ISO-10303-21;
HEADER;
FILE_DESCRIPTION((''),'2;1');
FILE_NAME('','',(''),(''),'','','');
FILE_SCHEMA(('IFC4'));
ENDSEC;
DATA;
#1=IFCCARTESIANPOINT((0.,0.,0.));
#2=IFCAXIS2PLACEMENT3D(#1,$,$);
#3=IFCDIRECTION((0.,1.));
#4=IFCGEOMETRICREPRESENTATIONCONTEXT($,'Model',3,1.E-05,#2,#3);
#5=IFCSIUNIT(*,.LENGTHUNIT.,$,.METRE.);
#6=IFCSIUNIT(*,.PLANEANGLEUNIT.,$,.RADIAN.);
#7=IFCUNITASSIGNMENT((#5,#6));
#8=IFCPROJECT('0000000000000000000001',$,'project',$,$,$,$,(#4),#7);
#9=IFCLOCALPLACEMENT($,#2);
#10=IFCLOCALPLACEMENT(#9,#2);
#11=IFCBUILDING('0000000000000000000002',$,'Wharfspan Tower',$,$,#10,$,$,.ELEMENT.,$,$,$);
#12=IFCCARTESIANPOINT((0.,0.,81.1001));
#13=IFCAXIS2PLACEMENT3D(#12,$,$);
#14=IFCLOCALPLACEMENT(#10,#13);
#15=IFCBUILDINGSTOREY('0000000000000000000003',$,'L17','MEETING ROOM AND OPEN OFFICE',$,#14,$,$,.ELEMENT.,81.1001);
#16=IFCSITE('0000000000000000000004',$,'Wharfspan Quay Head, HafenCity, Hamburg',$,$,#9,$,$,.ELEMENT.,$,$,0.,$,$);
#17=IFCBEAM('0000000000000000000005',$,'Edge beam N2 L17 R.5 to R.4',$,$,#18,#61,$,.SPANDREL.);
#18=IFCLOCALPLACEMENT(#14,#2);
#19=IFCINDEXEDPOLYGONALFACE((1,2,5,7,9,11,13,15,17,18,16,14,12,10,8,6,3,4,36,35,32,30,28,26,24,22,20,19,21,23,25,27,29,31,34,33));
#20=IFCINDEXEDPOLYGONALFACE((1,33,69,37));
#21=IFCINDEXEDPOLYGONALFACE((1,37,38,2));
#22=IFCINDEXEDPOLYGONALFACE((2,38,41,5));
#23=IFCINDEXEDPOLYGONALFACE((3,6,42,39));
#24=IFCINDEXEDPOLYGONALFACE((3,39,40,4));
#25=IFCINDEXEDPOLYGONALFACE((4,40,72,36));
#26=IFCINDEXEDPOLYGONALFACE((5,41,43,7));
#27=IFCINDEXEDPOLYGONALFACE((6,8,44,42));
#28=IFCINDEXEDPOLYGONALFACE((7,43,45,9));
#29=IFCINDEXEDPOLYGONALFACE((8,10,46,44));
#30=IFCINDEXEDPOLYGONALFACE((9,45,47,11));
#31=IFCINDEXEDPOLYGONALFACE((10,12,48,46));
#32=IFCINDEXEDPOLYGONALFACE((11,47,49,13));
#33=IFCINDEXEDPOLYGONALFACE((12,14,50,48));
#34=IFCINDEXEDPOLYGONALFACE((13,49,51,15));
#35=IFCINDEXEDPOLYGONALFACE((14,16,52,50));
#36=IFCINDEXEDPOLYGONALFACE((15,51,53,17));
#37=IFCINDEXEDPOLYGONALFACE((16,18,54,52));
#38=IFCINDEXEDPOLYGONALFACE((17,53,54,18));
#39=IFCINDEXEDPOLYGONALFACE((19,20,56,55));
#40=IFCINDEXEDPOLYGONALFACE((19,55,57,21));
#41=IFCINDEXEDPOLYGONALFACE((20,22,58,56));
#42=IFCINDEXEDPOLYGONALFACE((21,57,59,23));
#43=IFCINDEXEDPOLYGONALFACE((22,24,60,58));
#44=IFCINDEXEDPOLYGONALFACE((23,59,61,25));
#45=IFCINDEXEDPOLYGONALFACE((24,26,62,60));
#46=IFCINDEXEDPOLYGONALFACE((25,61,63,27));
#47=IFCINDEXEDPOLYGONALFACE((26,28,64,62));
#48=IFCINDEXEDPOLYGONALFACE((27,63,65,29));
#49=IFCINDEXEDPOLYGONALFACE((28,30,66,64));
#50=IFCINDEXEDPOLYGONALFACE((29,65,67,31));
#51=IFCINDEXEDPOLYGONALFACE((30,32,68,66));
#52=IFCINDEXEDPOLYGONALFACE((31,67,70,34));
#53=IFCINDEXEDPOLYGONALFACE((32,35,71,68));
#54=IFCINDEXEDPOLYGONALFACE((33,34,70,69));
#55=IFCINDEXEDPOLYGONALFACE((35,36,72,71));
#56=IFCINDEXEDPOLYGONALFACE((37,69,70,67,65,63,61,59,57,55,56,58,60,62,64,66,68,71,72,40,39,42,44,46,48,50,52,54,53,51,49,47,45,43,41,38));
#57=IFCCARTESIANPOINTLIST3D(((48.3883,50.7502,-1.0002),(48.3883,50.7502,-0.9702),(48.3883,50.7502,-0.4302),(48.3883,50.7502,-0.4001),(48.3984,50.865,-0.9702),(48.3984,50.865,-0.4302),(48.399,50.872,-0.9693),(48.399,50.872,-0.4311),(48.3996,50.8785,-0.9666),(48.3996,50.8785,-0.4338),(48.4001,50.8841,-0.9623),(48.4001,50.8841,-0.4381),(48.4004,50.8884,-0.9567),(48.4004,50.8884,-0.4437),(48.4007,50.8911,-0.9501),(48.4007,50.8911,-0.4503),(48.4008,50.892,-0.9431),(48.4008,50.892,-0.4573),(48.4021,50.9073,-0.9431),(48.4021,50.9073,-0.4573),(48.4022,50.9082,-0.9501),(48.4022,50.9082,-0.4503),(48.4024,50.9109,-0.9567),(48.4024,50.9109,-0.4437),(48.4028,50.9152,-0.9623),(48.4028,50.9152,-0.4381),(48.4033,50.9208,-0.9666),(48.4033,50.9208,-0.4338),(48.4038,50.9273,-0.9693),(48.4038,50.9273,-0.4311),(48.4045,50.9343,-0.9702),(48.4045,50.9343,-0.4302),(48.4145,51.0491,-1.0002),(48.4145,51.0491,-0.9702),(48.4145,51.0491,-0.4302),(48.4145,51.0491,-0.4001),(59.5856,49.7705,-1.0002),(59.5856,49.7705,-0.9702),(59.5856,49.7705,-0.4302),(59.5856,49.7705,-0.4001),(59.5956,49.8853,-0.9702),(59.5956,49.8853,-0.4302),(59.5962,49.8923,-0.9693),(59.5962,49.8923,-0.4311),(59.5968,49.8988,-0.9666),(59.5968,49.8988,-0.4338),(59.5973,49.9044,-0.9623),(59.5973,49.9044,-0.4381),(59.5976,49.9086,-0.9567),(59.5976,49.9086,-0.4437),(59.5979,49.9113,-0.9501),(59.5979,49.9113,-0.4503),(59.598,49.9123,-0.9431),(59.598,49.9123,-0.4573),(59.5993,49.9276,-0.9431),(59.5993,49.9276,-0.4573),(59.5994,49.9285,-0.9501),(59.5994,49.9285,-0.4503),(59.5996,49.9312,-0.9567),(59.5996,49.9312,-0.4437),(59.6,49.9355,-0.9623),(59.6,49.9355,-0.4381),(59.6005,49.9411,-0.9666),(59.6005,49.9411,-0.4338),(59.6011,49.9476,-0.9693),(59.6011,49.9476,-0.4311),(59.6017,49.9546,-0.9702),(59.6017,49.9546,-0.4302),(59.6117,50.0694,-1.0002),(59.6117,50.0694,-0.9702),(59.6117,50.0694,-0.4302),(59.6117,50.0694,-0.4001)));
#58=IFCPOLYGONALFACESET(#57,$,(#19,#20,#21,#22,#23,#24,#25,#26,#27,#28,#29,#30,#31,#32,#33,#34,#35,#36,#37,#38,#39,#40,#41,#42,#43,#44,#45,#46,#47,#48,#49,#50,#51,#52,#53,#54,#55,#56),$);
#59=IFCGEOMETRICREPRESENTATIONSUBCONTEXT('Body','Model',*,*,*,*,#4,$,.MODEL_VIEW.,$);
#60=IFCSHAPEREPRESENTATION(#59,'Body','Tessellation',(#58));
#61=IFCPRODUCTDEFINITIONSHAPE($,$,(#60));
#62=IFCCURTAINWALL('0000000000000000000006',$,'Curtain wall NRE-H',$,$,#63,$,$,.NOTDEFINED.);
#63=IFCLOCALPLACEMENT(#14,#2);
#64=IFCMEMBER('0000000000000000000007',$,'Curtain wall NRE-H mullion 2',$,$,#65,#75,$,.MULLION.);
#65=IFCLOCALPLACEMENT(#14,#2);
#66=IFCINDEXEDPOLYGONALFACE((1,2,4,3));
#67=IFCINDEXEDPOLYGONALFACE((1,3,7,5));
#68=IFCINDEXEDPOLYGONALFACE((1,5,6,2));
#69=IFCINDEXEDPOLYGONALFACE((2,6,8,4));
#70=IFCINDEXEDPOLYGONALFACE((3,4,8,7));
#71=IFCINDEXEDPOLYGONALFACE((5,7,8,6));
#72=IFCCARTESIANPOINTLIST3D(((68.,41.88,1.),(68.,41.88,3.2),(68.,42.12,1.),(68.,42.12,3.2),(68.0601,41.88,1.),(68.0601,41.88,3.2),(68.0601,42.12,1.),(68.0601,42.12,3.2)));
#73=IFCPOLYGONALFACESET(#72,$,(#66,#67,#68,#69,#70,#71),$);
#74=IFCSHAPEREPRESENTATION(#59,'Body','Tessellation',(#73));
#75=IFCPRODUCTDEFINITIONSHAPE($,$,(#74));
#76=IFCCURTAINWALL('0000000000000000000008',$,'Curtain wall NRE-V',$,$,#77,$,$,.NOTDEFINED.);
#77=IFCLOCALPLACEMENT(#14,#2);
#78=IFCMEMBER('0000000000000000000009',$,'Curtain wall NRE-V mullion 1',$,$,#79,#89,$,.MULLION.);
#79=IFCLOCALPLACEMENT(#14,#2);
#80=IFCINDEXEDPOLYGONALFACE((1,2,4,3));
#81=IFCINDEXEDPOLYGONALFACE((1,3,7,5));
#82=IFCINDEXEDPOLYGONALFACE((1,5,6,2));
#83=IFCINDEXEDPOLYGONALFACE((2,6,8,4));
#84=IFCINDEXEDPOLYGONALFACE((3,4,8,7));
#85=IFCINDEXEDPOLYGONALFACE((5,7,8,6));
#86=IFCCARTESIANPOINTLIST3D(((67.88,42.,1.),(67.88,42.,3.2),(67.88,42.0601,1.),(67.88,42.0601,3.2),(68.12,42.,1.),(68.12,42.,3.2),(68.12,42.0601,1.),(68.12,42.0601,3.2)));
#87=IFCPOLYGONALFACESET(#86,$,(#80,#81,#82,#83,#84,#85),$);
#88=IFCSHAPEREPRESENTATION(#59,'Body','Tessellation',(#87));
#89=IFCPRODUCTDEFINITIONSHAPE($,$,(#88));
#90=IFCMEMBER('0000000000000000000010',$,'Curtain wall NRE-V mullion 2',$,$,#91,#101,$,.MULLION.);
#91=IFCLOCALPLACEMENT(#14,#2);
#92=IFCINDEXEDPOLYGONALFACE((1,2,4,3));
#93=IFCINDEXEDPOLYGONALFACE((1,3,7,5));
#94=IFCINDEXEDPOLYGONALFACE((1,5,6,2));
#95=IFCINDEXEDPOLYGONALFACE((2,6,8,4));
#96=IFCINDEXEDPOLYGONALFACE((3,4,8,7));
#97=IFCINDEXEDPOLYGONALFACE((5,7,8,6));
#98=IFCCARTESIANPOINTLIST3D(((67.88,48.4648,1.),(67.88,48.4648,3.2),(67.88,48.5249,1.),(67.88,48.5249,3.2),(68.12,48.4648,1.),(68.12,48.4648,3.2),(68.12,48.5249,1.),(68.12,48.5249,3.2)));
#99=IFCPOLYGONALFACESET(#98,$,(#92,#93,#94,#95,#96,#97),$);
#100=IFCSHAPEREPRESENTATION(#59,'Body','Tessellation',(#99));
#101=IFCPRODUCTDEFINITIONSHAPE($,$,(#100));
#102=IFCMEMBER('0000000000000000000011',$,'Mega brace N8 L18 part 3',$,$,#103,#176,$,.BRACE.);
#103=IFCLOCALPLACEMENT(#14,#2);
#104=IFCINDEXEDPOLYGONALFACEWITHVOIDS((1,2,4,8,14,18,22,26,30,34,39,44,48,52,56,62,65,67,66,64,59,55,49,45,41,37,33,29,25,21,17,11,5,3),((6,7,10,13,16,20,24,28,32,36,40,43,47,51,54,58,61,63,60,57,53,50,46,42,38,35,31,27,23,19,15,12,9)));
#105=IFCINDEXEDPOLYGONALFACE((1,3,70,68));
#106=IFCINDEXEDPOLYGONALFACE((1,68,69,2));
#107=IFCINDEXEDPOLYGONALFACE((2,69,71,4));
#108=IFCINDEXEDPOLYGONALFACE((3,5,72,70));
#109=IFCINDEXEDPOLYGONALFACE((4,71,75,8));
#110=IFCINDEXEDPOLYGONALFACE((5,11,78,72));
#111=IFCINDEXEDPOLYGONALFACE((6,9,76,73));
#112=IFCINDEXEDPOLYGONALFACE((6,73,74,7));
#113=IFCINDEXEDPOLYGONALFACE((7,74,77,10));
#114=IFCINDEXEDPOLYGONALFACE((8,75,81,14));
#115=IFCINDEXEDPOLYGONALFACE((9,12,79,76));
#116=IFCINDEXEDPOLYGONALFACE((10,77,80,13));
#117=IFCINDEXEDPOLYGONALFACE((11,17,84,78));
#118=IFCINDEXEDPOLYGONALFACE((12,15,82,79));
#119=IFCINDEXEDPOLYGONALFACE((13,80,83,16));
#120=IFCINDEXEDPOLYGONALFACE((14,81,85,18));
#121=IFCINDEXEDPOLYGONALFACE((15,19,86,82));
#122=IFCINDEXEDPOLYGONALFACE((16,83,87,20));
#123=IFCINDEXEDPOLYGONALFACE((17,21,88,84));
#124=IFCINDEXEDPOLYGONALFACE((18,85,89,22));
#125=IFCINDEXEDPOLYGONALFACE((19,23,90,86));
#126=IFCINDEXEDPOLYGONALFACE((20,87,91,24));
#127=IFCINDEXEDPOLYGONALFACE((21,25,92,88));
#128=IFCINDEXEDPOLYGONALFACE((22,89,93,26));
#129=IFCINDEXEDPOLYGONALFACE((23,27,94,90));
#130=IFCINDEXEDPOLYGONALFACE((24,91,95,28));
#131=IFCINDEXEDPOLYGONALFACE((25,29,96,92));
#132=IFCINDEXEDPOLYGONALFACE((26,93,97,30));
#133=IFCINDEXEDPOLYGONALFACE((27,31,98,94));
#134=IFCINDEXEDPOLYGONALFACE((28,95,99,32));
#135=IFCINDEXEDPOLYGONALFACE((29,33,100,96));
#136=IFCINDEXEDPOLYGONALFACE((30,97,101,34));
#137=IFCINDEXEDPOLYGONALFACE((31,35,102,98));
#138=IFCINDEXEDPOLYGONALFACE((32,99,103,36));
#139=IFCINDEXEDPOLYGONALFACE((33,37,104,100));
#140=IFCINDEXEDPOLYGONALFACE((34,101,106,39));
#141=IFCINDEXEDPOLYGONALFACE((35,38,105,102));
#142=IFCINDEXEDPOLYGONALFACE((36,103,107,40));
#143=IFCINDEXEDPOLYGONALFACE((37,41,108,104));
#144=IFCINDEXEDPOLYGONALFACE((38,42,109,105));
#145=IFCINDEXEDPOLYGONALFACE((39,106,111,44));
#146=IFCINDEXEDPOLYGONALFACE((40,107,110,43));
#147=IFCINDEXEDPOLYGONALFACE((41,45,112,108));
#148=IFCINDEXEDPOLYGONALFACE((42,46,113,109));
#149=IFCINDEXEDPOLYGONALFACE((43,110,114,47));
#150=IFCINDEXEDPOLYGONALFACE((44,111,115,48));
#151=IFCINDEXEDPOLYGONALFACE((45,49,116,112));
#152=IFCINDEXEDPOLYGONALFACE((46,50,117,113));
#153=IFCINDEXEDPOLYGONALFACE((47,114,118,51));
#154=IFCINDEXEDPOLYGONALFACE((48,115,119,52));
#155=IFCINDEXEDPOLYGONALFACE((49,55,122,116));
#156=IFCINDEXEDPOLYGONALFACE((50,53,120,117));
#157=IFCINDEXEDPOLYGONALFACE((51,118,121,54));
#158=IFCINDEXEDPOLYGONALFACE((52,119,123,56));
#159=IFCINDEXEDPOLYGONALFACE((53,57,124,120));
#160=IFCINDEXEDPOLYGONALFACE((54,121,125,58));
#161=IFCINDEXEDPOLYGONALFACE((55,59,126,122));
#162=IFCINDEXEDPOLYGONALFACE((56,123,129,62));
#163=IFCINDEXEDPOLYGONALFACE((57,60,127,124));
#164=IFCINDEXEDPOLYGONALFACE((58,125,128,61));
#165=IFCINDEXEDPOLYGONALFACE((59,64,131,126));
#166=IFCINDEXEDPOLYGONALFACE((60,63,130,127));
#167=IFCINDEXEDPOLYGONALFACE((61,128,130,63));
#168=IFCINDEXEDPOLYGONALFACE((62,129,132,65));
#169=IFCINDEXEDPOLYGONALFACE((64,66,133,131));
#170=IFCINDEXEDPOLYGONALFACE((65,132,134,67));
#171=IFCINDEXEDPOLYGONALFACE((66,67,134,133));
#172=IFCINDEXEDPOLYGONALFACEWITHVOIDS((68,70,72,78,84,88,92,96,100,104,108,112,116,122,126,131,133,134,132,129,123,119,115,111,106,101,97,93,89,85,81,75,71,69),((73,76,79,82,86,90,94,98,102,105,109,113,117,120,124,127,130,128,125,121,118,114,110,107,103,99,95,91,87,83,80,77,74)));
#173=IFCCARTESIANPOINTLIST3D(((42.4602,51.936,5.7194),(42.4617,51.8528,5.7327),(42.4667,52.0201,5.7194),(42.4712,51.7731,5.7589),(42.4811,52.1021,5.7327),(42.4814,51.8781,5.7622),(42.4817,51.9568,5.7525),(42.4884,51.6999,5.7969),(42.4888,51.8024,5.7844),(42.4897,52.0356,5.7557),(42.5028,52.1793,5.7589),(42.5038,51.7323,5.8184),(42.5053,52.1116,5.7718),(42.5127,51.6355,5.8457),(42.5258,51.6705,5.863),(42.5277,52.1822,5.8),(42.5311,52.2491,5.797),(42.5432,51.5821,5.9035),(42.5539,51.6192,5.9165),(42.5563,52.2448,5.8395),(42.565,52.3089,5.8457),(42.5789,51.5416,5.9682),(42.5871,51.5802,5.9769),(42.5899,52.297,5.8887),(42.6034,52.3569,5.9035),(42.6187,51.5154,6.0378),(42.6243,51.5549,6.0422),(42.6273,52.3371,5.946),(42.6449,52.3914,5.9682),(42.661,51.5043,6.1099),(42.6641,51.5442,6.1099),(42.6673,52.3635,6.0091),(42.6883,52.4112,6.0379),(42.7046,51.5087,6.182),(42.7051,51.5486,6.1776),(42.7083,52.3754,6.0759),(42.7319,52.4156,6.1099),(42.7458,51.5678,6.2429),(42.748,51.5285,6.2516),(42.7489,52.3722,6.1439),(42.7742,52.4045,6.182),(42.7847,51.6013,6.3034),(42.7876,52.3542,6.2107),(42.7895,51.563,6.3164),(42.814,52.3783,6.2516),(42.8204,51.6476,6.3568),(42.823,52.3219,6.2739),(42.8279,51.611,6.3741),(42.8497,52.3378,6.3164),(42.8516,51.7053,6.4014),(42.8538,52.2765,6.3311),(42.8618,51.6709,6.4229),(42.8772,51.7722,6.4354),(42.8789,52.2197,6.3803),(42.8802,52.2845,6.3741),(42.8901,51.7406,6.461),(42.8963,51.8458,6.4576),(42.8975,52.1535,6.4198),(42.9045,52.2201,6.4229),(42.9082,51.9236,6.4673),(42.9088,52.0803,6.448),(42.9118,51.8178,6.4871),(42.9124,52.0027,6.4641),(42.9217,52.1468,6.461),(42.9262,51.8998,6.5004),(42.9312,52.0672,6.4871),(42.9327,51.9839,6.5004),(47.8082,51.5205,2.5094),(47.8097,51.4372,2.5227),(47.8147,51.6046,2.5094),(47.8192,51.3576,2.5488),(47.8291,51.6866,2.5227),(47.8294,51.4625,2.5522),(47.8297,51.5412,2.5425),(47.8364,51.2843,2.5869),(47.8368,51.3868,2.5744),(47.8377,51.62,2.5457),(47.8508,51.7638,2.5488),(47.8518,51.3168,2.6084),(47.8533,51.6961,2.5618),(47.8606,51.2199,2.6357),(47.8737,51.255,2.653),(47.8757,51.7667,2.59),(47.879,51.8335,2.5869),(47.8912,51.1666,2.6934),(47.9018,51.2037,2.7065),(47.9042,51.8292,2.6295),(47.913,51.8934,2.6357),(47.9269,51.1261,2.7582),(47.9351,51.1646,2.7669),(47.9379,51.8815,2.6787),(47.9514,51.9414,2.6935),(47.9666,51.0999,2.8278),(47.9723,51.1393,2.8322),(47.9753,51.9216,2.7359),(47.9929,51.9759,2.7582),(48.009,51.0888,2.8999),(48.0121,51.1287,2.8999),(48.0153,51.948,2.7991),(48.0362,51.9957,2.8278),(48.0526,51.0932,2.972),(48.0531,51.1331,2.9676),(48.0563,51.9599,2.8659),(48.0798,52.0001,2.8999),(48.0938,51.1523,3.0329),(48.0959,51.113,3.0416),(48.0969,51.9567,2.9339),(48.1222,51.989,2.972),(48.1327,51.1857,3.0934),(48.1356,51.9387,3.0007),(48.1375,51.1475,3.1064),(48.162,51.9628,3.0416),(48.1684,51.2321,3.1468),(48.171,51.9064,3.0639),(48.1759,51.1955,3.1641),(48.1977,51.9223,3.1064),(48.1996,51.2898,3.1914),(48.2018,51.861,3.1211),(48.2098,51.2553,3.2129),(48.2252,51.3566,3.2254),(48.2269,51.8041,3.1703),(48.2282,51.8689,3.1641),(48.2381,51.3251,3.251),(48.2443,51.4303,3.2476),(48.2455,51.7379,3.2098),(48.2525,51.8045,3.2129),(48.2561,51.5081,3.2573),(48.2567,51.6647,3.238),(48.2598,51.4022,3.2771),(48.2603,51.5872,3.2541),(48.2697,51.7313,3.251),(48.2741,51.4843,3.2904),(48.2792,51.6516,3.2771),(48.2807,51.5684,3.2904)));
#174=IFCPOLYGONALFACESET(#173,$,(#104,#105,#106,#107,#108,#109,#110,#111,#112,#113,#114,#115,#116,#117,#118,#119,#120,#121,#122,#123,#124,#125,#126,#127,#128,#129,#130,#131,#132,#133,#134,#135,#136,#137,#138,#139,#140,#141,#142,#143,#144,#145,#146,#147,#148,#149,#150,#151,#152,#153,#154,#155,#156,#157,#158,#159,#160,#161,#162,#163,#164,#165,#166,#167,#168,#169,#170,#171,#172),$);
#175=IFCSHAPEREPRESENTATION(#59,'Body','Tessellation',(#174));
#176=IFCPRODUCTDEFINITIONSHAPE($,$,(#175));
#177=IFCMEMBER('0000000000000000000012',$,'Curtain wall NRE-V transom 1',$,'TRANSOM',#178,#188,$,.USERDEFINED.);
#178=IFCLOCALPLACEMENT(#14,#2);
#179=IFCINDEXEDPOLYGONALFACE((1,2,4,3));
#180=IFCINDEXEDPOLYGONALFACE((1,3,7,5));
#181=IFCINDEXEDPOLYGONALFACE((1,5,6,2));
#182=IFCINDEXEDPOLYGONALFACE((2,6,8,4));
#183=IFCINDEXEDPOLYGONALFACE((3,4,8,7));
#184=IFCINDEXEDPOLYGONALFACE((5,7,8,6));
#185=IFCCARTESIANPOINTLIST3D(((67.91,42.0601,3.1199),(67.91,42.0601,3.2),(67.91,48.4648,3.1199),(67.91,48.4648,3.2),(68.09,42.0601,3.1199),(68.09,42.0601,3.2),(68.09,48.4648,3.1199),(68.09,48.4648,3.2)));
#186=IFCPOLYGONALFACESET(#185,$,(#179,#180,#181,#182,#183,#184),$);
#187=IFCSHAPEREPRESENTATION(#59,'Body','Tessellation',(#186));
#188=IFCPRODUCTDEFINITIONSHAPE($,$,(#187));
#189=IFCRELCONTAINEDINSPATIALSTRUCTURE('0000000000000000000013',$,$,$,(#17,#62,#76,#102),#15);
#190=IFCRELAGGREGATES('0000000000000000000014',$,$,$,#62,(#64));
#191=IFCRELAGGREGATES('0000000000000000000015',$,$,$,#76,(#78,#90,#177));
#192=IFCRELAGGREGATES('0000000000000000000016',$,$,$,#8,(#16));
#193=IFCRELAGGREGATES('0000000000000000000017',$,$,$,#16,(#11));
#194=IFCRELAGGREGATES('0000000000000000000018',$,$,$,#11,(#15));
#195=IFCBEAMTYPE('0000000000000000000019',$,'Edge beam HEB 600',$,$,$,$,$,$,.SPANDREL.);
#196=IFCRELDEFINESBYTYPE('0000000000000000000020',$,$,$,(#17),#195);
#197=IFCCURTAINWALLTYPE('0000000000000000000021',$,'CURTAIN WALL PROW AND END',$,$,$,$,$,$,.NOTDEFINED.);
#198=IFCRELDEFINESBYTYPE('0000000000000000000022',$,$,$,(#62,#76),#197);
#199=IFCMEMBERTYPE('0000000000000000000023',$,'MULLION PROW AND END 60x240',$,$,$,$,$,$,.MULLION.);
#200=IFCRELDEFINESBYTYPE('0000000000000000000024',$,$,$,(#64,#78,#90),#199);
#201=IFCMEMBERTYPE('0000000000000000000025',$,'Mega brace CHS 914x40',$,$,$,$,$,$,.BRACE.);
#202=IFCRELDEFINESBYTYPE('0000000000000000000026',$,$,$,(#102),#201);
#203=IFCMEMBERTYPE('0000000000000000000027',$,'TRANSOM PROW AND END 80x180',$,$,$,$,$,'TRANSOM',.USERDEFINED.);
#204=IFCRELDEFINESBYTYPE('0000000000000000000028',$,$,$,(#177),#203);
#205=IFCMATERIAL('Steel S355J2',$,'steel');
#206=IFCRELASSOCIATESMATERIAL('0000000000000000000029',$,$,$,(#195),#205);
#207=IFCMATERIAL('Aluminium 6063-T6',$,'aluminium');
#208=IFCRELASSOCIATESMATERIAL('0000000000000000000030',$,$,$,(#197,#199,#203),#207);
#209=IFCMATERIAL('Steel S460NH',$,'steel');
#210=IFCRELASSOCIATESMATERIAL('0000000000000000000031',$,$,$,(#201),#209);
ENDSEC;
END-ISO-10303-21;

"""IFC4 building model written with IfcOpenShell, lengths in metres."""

from ifc_helpers import new_model, si_unit, direction, frame, origin, origin_2d, place, context, subcontext, project, spatial, rectangle, hollow_circle, i_section, extrude, material, material_profile, profile_set, type_object, element, aggregate, save


model = new_model("IFC4")

# Units and contexts
model_context = context("Model", 3, precision=1e-05, world=origin(), true_north=direction((0.0, 1.0)))
body_context = subcontext(model_context, "Body", "Model", "MODEL_VIEW")
ifc_project = project(units=[si_unit("LENGTHUNIT", "METRE"), si_unit("PLANEANGLEUNIT", "RADIAN")], contexts=[model_context])

# Site, building, storey
site_placement = place(None, origin())
site = spatial("IfcSite", under=ifc_project, at=site_placement, Name="Wharfspan Quay Head, HafenCity, Hamburg", CompositionType="ELEMENT", RefElevation=0.0)
building_placement = place(site_placement, origin())
building = spatial("IfcBuilding", under=site, at=building_placement, Name="Wharfspan Tower", CompositionType="ELEMENT")
storey_placement = place(building_placement, frame((0.0, 0.0, 81.1001)))
storey = spatial("IfcBuildingStorey", under=building, at=storey_placement, Name="L17", Description="MEETING ROOM AND OPEN OFFICE", CompositionType="ELEMENT", Elevation=81.1001)

# Shared definitions
ifc_material_1 = material(Name="Steel S355J2", Category="steel")

# Beam
ifc_material_profile_1 = material_profile(ifc_material_1, i_section(OverallWidth=0.3, OverallDepth=0.6001, WebThickness=0.0154, FlangeThickness=0.03, FilletRadius=0.0271, at=origin_2d()))
ifc_profile_set_1 = profile_set([ifc_material_profile_1], Name="Steel S355J2")
beam_type = type_object("IfcBeamType", Name="Edge beam HEB 600", PredefinedType="SPANDREL", material=ifc_profile_set_1)
beam_placement = place(storey_placement, frame((59.5986, 49.9199, -0.7002), z_axis=(-0.996194, 0.087165, 0.0), x_axis=(-0.087165, -0.996194, 0.0)))
element("IfcBeam", 1, at=beam_placement, inside=storey, type_object=beam_type, Name="Edge beam N2 L17 R.5 to R.4", PredefinedType="SPANDREL", context=body_context, shape_type="SweptSolid", body=[
    extrude(i_section(OverallWidth=0.3, OverallDepth=0.6001, WebThickness=0.0154, FlangeThickness=0.03, FilletRadius=0.0271, at=origin_2d()), origin(), (0.0, 0.0, 1.0), 11.24),
])

# Curtain wall, member
ifc_material_2 = material(Name="Aluminium 6063-T6", Category="aluminium")
curtain_wall_type = type_object("IfcCurtainWallType", Name="CURTAIN WALL PROW AND END", PredefinedType="NOTDEFINED", material=ifc_material_2)
curtain_wall_1_placement = place(storey_placement, origin())
curtain_wall_1 = element("IfcCurtainWall", 2, at=curtain_wall_1_placement, inside=storey, type_object=curtain_wall_type, Name="Curtain wall NRE-H", PredefinedType="NOTDEFINED")
ifc_material_profile_2 = material_profile(ifc_material_2, rectangle(XDim=0.24, YDim=0.0601, at=origin_2d()))
ifc_profile_set_2 = profile_set([ifc_material_profile_2], Name="Aluminium 6063-T6")
member_type_1 = type_object("IfcMemberType", Name="MULLION PROW AND END 60x240", PredefinedType="MULLION", material=ifc_profile_set_2)
member_1_placement = place(storey_placement, frame((68.03, 42.0, 1.0), z_axis=(0.0, 0.0, 1.0), x_axis=(0.0, -1.0, 0.0)))
member_1 = element("IfcMember", 3, at=member_1_placement, type_object=member_type_1, Name="Curtain wall NRE-H mullion 2", PredefinedType="MULLION", context=body_context, shape_type="SweptSolid", body=[
    extrude(rectangle(XDim=0.24, YDim=0.0601, at=origin_2d()), origin(), (0.0, 0.0, 1.0), 2.2),
])
aggregate(curtain_wall_1, [member_1])

# Curtain wall, members
curtain_wall_2_placement = place(storey_placement, origin())
curtain_wall_2 = element("IfcCurtainWall", 4, at=curtain_wall_2_placement, inside=storey, type_object=curtain_wall_type, Name="Curtain wall NRE-V", PredefinedType="NOTDEFINED")
member_2_placement = place(storey_placement, frame((68.0, 42.03, 1.0), z_axis=(0.0, 0.0, 1.0), x_axis=(-1.0, 0.0, 0.0)))
member_2 = element("IfcMember", 5, at=member_2_placement, type_object=member_type_1, Name="Curtain wall NRE-V mullion 1", PredefinedType="MULLION", context=body_context, shape_type="SweptSolid", body=[
    extrude(rectangle(XDim=0.24, YDim=0.0601, at=origin_2d()), origin(), (0.0, 0.0, 1.0), 2.2),
])
member_3_placement = place(storey_placement, frame((68.0, 48.4949, 1.0), z_axis=(0.0, 0.0, 1.0), x_axis=(-1.0, 0.0, 0.0)))
member_3 = element("IfcMember", 6, at=member_3_placement, type_object=member_type_1, Name="Curtain wall NRE-V mullion 2", PredefinedType="MULLION", context=body_context, shape_type="SweptSolid", body=[
    extrude(rectangle(XDim=0.24, YDim=0.0601, at=origin_2d()), origin(), (0.0, 0.0, 1.0), 2.2),
])

# Members
ifc_material_3 = material(Name="Steel S460NH", Category="steel")
ifc_material_profile_3 = material_profile(ifc_material_3, hollow_circle(Radius=0.457, WallThickness=0.04, at=origin_2d()))
ifc_profile_set_3 = profile_set([ifc_material_profile_3], Name="Steel S460NH")
member_type_2 = type_object("IfcMemberType", Name="Mega brace CHS 914x40", PredefinedType="BRACE", material=ifc_profile_set_3)
member_4_placement = place(storey_placement, frame((48.0444, 51.5444, 2.8999), z_axis=(-0.85551, 0.066472, 0.513501), x_axis=(-0.077467, -0.996995, -0.000003)))
element("IfcMember", 7, at=member_4_placement, inside=storey, type_object=member_type_2, Name="Mega brace N8 L18 part 3", PredefinedType="BRACE", context=body_context, shape_type="SweptSolid", body=[
    extrude(hollow_circle(Radius=0.457, WallThickness=0.04, at=origin_2d()), origin(), (0.0, 0.0, 1.0), 6.2512),
])
ifc_material_profile_4 = material_profile(ifc_material_2, rectangle(XDim=0.1799, YDim=0.0801, at=origin_2d()))
ifc_profile_set_4 = profile_set([ifc_material_profile_4], Name="Aluminium 6063-T6")
member_type_3 = type_object("IfcMemberType", Name="TRANSOM PROW AND END 80x180", ElementType="TRANSOM", PredefinedType="USERDEFINED", material=ifc_profile_set_4)
member_5_placement = place(storey_placement, frame((68.0, 42.0601, 3.1599), z_axis=(0.0, 1.0, 0.0), x_axis=(-1.0, 0.0, 0.0)))
member_5 = element("IfcMember", 8, at=member_5_placement, type_object=member_type_3, Name="Curtain wall NRE-V transom 1", ObjectType="TRANSOM", PredefinedType="USERDEFINED", context=body_context, shape_type="SweptSolid", body=[
    extrude(rectangle(XDim=0.1799, YDim=0.0801, at=origin_2d()), origin(), (0.0, 0.0, 1.0), 6.4048),
])

aggregate(curtain_wall_2, [member_2, member_3, member_5])

save(model, "model.ifc")
